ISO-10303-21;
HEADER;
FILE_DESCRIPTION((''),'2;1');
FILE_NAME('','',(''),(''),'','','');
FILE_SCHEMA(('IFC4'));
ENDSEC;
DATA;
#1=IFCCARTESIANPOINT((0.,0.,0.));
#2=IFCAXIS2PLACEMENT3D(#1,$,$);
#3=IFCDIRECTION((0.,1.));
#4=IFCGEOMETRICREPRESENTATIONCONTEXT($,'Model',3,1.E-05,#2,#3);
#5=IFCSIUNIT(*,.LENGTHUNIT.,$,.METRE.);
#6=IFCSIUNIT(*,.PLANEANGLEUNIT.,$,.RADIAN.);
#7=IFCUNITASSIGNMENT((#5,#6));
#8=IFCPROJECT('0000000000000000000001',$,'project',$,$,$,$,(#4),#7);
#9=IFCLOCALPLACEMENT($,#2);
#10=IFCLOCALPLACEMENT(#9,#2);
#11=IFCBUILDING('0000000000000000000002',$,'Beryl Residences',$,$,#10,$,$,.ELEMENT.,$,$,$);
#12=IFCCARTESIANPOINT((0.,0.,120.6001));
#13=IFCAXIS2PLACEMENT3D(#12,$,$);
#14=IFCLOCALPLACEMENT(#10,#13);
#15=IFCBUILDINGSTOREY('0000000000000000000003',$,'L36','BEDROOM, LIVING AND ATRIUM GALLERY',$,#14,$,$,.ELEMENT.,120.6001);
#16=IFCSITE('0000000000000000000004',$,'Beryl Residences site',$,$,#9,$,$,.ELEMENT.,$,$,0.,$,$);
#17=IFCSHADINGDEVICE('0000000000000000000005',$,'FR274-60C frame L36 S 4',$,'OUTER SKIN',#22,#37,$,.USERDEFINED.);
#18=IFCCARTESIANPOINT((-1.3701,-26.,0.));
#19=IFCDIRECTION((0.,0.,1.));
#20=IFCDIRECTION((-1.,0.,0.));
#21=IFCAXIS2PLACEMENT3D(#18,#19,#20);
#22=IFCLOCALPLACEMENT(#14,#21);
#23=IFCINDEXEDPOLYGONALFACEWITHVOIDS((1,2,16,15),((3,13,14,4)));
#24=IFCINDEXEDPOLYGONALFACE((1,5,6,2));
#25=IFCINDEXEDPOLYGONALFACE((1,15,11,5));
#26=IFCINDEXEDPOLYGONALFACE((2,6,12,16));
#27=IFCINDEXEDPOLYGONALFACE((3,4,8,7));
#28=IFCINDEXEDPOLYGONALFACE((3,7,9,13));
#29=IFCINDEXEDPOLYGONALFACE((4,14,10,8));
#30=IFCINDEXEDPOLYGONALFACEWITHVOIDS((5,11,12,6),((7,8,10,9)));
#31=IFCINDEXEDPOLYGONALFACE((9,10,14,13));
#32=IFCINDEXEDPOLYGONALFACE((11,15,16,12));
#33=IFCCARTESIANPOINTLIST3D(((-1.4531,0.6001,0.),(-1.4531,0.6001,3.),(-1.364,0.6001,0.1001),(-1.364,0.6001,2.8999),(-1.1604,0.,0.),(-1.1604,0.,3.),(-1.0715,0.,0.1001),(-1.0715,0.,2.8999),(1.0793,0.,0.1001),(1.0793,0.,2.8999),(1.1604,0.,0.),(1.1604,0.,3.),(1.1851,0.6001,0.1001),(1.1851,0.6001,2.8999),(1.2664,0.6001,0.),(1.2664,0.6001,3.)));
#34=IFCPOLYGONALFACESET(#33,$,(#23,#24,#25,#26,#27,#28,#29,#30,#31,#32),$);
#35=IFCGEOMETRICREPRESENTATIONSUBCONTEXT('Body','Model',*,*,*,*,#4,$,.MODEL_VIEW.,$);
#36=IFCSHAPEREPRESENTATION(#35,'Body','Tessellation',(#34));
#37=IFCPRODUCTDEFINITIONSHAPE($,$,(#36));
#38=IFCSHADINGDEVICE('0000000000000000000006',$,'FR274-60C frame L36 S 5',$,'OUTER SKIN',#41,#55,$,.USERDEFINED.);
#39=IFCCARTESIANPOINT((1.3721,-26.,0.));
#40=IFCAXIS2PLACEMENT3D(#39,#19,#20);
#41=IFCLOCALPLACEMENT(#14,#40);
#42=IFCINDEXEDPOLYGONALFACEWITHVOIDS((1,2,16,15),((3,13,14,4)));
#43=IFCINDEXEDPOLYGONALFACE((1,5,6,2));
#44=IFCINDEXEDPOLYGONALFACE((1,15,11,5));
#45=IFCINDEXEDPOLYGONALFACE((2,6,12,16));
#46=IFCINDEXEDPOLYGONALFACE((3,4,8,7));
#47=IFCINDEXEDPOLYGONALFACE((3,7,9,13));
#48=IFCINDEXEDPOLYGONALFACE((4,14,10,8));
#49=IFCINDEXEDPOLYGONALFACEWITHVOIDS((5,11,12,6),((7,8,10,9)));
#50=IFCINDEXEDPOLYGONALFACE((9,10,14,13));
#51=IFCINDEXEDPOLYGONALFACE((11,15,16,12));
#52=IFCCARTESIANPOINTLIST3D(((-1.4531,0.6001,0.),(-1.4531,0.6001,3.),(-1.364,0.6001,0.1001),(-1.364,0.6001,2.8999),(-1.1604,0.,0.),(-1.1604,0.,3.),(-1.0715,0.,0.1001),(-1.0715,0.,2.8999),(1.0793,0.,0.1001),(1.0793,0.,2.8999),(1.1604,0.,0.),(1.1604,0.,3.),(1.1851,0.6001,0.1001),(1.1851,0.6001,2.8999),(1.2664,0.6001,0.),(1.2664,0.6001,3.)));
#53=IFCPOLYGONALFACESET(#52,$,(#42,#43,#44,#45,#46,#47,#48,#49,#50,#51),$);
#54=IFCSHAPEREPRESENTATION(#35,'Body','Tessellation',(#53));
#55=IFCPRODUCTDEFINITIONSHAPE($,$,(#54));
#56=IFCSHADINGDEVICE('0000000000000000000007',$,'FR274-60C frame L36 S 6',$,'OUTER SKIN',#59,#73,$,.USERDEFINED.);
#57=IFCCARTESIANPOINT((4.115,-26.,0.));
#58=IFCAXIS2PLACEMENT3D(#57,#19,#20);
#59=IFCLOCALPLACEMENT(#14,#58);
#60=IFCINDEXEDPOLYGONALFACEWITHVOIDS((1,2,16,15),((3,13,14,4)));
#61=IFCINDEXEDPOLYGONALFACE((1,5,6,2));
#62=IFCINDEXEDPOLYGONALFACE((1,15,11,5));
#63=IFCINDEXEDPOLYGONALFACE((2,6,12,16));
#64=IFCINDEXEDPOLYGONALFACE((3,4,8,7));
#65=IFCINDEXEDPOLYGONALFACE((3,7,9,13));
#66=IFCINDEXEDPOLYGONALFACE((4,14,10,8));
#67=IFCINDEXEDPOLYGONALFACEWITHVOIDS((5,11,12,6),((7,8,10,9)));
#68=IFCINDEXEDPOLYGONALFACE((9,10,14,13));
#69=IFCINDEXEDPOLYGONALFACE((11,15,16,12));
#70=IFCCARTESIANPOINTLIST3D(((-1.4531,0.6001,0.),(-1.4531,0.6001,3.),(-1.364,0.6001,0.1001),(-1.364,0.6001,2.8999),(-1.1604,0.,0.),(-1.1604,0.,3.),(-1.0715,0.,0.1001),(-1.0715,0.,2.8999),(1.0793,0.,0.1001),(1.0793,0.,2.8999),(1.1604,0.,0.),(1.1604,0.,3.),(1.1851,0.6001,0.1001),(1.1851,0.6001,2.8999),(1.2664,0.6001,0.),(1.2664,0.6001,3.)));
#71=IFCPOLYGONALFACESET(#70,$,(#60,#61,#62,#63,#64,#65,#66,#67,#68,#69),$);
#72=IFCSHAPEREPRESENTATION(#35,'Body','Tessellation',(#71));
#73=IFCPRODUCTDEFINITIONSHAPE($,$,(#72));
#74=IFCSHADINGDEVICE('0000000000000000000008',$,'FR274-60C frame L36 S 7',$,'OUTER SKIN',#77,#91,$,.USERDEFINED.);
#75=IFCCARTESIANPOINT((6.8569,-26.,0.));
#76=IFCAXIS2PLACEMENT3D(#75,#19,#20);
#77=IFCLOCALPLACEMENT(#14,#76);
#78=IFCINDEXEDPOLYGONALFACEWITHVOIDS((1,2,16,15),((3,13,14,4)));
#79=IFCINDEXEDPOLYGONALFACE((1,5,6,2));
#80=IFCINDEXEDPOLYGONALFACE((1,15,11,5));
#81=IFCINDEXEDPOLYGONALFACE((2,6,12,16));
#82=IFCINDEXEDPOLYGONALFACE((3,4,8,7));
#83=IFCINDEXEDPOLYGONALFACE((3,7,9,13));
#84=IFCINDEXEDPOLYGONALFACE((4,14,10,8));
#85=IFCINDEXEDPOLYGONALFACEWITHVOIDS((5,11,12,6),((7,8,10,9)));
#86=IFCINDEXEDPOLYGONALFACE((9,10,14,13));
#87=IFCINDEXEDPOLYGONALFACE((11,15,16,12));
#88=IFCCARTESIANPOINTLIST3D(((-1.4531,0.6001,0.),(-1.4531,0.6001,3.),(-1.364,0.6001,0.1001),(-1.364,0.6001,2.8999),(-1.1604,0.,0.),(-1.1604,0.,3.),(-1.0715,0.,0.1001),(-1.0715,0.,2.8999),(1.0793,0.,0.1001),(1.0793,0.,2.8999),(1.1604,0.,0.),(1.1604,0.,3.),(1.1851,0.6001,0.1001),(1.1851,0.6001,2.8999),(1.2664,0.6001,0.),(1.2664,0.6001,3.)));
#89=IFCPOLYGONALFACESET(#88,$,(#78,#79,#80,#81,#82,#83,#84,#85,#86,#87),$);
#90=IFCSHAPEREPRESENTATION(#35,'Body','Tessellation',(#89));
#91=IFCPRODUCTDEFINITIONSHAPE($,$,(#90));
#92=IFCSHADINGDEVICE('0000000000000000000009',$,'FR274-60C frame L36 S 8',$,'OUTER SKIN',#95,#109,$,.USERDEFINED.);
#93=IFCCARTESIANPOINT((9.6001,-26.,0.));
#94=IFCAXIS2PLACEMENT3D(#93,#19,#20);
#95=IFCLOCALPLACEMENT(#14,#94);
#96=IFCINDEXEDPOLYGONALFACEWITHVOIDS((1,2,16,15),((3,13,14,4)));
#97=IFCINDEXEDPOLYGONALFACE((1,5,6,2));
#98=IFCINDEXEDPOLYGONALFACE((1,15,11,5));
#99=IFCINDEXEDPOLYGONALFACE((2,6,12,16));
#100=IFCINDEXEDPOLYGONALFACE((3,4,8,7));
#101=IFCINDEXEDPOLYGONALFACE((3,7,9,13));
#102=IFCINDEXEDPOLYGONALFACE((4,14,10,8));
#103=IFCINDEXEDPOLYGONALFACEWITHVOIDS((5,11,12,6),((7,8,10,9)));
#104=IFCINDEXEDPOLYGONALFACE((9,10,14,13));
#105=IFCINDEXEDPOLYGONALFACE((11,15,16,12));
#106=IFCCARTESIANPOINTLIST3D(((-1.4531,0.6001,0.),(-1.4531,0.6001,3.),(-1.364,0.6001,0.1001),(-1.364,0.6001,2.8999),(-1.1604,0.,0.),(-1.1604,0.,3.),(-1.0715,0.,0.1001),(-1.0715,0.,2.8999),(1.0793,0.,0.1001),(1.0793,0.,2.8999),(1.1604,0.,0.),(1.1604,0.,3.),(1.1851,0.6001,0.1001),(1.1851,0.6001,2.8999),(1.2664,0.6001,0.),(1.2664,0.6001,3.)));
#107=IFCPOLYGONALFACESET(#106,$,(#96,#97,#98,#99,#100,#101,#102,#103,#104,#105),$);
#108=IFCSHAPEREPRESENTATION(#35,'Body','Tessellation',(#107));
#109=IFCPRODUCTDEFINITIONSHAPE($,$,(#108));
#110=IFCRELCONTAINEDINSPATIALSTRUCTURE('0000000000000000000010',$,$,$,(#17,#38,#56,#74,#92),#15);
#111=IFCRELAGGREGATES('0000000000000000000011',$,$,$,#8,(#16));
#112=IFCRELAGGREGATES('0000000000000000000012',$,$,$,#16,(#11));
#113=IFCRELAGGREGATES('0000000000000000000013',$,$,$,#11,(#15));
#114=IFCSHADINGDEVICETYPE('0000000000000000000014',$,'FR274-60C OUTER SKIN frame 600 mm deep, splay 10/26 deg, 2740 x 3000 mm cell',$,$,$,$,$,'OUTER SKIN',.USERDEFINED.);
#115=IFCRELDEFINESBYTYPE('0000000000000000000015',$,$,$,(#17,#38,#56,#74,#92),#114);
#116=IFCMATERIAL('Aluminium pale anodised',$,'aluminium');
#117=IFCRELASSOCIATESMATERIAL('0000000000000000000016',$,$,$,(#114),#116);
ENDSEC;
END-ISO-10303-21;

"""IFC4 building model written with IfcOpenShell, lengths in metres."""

from ifc_helpers import new_model, entity, si_unit, direction, frame, origin, place, context, subcontext, project, spatial, source, transform, mapped, material, type_object, type_shapes, element, save


model = new_model("IFC4")

# Units and contexts
model_context = context("Model", 3, precision=1e-05, world=origin(), true_north=direction((0.0, 1.0)))
body_context = subcontext(model_context, "Body", "Model", "MODEL_VIEW")
ifc_project = project(units=[si_unit("LENGTHUNIT", "METRE"), si_unit("PLANEANGLEUNIT", "RADIAN")], contexts=[model_context])

# Site, building, storey
site_placement = place(None, origin())
site = spatial("IfcSite", under=ifc_project, at=site_placement, Name="Beryl Residences site", CompositionType="ELEMENT", RefElevation=0.0)
building_placement = place(site_placement, origin())
building = spatial("IfcBuilding", under=site, at=building_placement, Name="Beryl Residences", CompositionType="ELEMENT")
storey_placement = place(building_placement, frame((0.0, 0.0, 120.6001)))
storey = spatial("IfcBuildingStorey", under=building, at=storey_placement, Name="L36", Description="BEDROOM, LIVING AND ATRIUM GALLERY", CompositionType="ELEMENT", Elevation=120.6001)

# Shading devices
ifc_material_1 = material(Name="Aluminium pale anodised", Category="aluminium")
shading_device_type = type_object("IfcShadingDeviceType", Name="FR274-60C OUTER SKIN frame 600 mm deep, splay 10/26 deg, 2740 x 3000 mm cell", ElementType="OUTER SKIN", PredefinedType="USERDEFINED", material=ifc_material_1)
cartesian_point_1 = entity("IfcCartesianPoint", [-1.1604, 0.0])
cartesian_point_2 = entity("IfcCartesianPoint", [-1.0793, 0.1001])
cartesian_point_3 = entity("IfcCartesianPoint", [-1.2664, 0.0])
cartesian_point_4 = entity("IfcCartesianPoint", [-1.1851, 0.1001])
shared_shape_1 = source(origin(), body_context, "Body", "SweptSolid", [
    entity("IfcExtrudedAreaSolidTapered", entity("IfcArbitraryProfileDefWithVoids", "AREA", None, entity("IfcPolyline", [cartesian_point_1, entity("IfcCartesianPoint", [1.1604, 0.0]), entity("IfcCartesianPoint", [1.1604, 3.0]), entity("IfcCartesianPoint", [-1.1604, 3.0]), cartesian_point_1]), [entity("IfcPolyline", [cartesian_point_2, entity("IfcCartesianPoint", [1.0715, 0.1001]), entity("IfcCartesianPoint", [1.0715, 2.8999]), entity("IfcCartesianPoint", [-1.0793, 2.8999]), cartesian_point_2])]), entity("IfcAxis2Placement3D", entity("IfcCartesianPoint", [0.0, 0.0, 0.0]), entity("IfcDirection", [0.0, 1.0, 0.0]), entity("IfcDirection", [-1.0, 0.0, 0.0])), entity("IfcDirection", [0.0, 0.0, 1.0]), 0.6001, entity("IfcArbitraryProfileDefWithVoids", "AREA", None, entity("IfcPolyline", [cartesian_point_3, entity("IfcCartesianPoint", [1.4531, 0.0]), entity("IfcCartesianPoint", [1.4531, 3.0]), entity("IfcCartesianPoint", [-1.2664, 3.0]), cartesian_point_3]), [entity("IfcPolyline", [cartesian_point_4, entity("IfcCartesianPoint", [1.364, 0.1001]), entity("IfcCartesianPoint", [1.364, 2.8999]), entity("IfcCartesianPoint", [-1.1851, 2.8999]), cartesian_point_4])])),
])
type_shapes(shading_device_type, [shared_shape_1])
for number, where, z_axis, x_axis, name in (
    (1, (-1.3701, -26.0, 0.0), (0.0, 0.0, 1.0), (-1.0, 0.0, 0.0), "FR274-60C frame L36 S 4"),
    (2, (1.3721, -26.0, 0.0), (0.0, 0.0, 1.0), (-1.0, 0.0, 0.0), "FR274-60C frame L36 S 5"),
    (3, (4.115, -26.0, 0.0), (0.0, 0.0, 1.0), (-1.0, 0.0, 0.0), "FR274-60C frame L36 S 6"),
    (4, (6.8569, -26.0, 0.0), (0.0, 0.0, 1.0), (-1.0, 0.0, 0.0), "FR274-60C frame L36 S 7"),
    (5, (9.6001, -26.0, 0.0), (0.0, 0.0, 1.0), (-1.0, 0.0, 0.0), "FR274-60C frame L36 S 8"),
):
    element("IfcShadingDevice", number, at=place(storey_placement, frame(where, z_axis=z_axis, x_axis=x_axis)), inside=storey, type_object=shading_device_type, Name=name, ObjectType="OUTER SKIN", PredefinedType="USERDEFINED", context=body_context, shape_type="MappedRepresentation", body=[
        mapped(shared_shape_1, transform((0.0, 0.0, 0.0))),
    ])

save(model, "model.ifc")
